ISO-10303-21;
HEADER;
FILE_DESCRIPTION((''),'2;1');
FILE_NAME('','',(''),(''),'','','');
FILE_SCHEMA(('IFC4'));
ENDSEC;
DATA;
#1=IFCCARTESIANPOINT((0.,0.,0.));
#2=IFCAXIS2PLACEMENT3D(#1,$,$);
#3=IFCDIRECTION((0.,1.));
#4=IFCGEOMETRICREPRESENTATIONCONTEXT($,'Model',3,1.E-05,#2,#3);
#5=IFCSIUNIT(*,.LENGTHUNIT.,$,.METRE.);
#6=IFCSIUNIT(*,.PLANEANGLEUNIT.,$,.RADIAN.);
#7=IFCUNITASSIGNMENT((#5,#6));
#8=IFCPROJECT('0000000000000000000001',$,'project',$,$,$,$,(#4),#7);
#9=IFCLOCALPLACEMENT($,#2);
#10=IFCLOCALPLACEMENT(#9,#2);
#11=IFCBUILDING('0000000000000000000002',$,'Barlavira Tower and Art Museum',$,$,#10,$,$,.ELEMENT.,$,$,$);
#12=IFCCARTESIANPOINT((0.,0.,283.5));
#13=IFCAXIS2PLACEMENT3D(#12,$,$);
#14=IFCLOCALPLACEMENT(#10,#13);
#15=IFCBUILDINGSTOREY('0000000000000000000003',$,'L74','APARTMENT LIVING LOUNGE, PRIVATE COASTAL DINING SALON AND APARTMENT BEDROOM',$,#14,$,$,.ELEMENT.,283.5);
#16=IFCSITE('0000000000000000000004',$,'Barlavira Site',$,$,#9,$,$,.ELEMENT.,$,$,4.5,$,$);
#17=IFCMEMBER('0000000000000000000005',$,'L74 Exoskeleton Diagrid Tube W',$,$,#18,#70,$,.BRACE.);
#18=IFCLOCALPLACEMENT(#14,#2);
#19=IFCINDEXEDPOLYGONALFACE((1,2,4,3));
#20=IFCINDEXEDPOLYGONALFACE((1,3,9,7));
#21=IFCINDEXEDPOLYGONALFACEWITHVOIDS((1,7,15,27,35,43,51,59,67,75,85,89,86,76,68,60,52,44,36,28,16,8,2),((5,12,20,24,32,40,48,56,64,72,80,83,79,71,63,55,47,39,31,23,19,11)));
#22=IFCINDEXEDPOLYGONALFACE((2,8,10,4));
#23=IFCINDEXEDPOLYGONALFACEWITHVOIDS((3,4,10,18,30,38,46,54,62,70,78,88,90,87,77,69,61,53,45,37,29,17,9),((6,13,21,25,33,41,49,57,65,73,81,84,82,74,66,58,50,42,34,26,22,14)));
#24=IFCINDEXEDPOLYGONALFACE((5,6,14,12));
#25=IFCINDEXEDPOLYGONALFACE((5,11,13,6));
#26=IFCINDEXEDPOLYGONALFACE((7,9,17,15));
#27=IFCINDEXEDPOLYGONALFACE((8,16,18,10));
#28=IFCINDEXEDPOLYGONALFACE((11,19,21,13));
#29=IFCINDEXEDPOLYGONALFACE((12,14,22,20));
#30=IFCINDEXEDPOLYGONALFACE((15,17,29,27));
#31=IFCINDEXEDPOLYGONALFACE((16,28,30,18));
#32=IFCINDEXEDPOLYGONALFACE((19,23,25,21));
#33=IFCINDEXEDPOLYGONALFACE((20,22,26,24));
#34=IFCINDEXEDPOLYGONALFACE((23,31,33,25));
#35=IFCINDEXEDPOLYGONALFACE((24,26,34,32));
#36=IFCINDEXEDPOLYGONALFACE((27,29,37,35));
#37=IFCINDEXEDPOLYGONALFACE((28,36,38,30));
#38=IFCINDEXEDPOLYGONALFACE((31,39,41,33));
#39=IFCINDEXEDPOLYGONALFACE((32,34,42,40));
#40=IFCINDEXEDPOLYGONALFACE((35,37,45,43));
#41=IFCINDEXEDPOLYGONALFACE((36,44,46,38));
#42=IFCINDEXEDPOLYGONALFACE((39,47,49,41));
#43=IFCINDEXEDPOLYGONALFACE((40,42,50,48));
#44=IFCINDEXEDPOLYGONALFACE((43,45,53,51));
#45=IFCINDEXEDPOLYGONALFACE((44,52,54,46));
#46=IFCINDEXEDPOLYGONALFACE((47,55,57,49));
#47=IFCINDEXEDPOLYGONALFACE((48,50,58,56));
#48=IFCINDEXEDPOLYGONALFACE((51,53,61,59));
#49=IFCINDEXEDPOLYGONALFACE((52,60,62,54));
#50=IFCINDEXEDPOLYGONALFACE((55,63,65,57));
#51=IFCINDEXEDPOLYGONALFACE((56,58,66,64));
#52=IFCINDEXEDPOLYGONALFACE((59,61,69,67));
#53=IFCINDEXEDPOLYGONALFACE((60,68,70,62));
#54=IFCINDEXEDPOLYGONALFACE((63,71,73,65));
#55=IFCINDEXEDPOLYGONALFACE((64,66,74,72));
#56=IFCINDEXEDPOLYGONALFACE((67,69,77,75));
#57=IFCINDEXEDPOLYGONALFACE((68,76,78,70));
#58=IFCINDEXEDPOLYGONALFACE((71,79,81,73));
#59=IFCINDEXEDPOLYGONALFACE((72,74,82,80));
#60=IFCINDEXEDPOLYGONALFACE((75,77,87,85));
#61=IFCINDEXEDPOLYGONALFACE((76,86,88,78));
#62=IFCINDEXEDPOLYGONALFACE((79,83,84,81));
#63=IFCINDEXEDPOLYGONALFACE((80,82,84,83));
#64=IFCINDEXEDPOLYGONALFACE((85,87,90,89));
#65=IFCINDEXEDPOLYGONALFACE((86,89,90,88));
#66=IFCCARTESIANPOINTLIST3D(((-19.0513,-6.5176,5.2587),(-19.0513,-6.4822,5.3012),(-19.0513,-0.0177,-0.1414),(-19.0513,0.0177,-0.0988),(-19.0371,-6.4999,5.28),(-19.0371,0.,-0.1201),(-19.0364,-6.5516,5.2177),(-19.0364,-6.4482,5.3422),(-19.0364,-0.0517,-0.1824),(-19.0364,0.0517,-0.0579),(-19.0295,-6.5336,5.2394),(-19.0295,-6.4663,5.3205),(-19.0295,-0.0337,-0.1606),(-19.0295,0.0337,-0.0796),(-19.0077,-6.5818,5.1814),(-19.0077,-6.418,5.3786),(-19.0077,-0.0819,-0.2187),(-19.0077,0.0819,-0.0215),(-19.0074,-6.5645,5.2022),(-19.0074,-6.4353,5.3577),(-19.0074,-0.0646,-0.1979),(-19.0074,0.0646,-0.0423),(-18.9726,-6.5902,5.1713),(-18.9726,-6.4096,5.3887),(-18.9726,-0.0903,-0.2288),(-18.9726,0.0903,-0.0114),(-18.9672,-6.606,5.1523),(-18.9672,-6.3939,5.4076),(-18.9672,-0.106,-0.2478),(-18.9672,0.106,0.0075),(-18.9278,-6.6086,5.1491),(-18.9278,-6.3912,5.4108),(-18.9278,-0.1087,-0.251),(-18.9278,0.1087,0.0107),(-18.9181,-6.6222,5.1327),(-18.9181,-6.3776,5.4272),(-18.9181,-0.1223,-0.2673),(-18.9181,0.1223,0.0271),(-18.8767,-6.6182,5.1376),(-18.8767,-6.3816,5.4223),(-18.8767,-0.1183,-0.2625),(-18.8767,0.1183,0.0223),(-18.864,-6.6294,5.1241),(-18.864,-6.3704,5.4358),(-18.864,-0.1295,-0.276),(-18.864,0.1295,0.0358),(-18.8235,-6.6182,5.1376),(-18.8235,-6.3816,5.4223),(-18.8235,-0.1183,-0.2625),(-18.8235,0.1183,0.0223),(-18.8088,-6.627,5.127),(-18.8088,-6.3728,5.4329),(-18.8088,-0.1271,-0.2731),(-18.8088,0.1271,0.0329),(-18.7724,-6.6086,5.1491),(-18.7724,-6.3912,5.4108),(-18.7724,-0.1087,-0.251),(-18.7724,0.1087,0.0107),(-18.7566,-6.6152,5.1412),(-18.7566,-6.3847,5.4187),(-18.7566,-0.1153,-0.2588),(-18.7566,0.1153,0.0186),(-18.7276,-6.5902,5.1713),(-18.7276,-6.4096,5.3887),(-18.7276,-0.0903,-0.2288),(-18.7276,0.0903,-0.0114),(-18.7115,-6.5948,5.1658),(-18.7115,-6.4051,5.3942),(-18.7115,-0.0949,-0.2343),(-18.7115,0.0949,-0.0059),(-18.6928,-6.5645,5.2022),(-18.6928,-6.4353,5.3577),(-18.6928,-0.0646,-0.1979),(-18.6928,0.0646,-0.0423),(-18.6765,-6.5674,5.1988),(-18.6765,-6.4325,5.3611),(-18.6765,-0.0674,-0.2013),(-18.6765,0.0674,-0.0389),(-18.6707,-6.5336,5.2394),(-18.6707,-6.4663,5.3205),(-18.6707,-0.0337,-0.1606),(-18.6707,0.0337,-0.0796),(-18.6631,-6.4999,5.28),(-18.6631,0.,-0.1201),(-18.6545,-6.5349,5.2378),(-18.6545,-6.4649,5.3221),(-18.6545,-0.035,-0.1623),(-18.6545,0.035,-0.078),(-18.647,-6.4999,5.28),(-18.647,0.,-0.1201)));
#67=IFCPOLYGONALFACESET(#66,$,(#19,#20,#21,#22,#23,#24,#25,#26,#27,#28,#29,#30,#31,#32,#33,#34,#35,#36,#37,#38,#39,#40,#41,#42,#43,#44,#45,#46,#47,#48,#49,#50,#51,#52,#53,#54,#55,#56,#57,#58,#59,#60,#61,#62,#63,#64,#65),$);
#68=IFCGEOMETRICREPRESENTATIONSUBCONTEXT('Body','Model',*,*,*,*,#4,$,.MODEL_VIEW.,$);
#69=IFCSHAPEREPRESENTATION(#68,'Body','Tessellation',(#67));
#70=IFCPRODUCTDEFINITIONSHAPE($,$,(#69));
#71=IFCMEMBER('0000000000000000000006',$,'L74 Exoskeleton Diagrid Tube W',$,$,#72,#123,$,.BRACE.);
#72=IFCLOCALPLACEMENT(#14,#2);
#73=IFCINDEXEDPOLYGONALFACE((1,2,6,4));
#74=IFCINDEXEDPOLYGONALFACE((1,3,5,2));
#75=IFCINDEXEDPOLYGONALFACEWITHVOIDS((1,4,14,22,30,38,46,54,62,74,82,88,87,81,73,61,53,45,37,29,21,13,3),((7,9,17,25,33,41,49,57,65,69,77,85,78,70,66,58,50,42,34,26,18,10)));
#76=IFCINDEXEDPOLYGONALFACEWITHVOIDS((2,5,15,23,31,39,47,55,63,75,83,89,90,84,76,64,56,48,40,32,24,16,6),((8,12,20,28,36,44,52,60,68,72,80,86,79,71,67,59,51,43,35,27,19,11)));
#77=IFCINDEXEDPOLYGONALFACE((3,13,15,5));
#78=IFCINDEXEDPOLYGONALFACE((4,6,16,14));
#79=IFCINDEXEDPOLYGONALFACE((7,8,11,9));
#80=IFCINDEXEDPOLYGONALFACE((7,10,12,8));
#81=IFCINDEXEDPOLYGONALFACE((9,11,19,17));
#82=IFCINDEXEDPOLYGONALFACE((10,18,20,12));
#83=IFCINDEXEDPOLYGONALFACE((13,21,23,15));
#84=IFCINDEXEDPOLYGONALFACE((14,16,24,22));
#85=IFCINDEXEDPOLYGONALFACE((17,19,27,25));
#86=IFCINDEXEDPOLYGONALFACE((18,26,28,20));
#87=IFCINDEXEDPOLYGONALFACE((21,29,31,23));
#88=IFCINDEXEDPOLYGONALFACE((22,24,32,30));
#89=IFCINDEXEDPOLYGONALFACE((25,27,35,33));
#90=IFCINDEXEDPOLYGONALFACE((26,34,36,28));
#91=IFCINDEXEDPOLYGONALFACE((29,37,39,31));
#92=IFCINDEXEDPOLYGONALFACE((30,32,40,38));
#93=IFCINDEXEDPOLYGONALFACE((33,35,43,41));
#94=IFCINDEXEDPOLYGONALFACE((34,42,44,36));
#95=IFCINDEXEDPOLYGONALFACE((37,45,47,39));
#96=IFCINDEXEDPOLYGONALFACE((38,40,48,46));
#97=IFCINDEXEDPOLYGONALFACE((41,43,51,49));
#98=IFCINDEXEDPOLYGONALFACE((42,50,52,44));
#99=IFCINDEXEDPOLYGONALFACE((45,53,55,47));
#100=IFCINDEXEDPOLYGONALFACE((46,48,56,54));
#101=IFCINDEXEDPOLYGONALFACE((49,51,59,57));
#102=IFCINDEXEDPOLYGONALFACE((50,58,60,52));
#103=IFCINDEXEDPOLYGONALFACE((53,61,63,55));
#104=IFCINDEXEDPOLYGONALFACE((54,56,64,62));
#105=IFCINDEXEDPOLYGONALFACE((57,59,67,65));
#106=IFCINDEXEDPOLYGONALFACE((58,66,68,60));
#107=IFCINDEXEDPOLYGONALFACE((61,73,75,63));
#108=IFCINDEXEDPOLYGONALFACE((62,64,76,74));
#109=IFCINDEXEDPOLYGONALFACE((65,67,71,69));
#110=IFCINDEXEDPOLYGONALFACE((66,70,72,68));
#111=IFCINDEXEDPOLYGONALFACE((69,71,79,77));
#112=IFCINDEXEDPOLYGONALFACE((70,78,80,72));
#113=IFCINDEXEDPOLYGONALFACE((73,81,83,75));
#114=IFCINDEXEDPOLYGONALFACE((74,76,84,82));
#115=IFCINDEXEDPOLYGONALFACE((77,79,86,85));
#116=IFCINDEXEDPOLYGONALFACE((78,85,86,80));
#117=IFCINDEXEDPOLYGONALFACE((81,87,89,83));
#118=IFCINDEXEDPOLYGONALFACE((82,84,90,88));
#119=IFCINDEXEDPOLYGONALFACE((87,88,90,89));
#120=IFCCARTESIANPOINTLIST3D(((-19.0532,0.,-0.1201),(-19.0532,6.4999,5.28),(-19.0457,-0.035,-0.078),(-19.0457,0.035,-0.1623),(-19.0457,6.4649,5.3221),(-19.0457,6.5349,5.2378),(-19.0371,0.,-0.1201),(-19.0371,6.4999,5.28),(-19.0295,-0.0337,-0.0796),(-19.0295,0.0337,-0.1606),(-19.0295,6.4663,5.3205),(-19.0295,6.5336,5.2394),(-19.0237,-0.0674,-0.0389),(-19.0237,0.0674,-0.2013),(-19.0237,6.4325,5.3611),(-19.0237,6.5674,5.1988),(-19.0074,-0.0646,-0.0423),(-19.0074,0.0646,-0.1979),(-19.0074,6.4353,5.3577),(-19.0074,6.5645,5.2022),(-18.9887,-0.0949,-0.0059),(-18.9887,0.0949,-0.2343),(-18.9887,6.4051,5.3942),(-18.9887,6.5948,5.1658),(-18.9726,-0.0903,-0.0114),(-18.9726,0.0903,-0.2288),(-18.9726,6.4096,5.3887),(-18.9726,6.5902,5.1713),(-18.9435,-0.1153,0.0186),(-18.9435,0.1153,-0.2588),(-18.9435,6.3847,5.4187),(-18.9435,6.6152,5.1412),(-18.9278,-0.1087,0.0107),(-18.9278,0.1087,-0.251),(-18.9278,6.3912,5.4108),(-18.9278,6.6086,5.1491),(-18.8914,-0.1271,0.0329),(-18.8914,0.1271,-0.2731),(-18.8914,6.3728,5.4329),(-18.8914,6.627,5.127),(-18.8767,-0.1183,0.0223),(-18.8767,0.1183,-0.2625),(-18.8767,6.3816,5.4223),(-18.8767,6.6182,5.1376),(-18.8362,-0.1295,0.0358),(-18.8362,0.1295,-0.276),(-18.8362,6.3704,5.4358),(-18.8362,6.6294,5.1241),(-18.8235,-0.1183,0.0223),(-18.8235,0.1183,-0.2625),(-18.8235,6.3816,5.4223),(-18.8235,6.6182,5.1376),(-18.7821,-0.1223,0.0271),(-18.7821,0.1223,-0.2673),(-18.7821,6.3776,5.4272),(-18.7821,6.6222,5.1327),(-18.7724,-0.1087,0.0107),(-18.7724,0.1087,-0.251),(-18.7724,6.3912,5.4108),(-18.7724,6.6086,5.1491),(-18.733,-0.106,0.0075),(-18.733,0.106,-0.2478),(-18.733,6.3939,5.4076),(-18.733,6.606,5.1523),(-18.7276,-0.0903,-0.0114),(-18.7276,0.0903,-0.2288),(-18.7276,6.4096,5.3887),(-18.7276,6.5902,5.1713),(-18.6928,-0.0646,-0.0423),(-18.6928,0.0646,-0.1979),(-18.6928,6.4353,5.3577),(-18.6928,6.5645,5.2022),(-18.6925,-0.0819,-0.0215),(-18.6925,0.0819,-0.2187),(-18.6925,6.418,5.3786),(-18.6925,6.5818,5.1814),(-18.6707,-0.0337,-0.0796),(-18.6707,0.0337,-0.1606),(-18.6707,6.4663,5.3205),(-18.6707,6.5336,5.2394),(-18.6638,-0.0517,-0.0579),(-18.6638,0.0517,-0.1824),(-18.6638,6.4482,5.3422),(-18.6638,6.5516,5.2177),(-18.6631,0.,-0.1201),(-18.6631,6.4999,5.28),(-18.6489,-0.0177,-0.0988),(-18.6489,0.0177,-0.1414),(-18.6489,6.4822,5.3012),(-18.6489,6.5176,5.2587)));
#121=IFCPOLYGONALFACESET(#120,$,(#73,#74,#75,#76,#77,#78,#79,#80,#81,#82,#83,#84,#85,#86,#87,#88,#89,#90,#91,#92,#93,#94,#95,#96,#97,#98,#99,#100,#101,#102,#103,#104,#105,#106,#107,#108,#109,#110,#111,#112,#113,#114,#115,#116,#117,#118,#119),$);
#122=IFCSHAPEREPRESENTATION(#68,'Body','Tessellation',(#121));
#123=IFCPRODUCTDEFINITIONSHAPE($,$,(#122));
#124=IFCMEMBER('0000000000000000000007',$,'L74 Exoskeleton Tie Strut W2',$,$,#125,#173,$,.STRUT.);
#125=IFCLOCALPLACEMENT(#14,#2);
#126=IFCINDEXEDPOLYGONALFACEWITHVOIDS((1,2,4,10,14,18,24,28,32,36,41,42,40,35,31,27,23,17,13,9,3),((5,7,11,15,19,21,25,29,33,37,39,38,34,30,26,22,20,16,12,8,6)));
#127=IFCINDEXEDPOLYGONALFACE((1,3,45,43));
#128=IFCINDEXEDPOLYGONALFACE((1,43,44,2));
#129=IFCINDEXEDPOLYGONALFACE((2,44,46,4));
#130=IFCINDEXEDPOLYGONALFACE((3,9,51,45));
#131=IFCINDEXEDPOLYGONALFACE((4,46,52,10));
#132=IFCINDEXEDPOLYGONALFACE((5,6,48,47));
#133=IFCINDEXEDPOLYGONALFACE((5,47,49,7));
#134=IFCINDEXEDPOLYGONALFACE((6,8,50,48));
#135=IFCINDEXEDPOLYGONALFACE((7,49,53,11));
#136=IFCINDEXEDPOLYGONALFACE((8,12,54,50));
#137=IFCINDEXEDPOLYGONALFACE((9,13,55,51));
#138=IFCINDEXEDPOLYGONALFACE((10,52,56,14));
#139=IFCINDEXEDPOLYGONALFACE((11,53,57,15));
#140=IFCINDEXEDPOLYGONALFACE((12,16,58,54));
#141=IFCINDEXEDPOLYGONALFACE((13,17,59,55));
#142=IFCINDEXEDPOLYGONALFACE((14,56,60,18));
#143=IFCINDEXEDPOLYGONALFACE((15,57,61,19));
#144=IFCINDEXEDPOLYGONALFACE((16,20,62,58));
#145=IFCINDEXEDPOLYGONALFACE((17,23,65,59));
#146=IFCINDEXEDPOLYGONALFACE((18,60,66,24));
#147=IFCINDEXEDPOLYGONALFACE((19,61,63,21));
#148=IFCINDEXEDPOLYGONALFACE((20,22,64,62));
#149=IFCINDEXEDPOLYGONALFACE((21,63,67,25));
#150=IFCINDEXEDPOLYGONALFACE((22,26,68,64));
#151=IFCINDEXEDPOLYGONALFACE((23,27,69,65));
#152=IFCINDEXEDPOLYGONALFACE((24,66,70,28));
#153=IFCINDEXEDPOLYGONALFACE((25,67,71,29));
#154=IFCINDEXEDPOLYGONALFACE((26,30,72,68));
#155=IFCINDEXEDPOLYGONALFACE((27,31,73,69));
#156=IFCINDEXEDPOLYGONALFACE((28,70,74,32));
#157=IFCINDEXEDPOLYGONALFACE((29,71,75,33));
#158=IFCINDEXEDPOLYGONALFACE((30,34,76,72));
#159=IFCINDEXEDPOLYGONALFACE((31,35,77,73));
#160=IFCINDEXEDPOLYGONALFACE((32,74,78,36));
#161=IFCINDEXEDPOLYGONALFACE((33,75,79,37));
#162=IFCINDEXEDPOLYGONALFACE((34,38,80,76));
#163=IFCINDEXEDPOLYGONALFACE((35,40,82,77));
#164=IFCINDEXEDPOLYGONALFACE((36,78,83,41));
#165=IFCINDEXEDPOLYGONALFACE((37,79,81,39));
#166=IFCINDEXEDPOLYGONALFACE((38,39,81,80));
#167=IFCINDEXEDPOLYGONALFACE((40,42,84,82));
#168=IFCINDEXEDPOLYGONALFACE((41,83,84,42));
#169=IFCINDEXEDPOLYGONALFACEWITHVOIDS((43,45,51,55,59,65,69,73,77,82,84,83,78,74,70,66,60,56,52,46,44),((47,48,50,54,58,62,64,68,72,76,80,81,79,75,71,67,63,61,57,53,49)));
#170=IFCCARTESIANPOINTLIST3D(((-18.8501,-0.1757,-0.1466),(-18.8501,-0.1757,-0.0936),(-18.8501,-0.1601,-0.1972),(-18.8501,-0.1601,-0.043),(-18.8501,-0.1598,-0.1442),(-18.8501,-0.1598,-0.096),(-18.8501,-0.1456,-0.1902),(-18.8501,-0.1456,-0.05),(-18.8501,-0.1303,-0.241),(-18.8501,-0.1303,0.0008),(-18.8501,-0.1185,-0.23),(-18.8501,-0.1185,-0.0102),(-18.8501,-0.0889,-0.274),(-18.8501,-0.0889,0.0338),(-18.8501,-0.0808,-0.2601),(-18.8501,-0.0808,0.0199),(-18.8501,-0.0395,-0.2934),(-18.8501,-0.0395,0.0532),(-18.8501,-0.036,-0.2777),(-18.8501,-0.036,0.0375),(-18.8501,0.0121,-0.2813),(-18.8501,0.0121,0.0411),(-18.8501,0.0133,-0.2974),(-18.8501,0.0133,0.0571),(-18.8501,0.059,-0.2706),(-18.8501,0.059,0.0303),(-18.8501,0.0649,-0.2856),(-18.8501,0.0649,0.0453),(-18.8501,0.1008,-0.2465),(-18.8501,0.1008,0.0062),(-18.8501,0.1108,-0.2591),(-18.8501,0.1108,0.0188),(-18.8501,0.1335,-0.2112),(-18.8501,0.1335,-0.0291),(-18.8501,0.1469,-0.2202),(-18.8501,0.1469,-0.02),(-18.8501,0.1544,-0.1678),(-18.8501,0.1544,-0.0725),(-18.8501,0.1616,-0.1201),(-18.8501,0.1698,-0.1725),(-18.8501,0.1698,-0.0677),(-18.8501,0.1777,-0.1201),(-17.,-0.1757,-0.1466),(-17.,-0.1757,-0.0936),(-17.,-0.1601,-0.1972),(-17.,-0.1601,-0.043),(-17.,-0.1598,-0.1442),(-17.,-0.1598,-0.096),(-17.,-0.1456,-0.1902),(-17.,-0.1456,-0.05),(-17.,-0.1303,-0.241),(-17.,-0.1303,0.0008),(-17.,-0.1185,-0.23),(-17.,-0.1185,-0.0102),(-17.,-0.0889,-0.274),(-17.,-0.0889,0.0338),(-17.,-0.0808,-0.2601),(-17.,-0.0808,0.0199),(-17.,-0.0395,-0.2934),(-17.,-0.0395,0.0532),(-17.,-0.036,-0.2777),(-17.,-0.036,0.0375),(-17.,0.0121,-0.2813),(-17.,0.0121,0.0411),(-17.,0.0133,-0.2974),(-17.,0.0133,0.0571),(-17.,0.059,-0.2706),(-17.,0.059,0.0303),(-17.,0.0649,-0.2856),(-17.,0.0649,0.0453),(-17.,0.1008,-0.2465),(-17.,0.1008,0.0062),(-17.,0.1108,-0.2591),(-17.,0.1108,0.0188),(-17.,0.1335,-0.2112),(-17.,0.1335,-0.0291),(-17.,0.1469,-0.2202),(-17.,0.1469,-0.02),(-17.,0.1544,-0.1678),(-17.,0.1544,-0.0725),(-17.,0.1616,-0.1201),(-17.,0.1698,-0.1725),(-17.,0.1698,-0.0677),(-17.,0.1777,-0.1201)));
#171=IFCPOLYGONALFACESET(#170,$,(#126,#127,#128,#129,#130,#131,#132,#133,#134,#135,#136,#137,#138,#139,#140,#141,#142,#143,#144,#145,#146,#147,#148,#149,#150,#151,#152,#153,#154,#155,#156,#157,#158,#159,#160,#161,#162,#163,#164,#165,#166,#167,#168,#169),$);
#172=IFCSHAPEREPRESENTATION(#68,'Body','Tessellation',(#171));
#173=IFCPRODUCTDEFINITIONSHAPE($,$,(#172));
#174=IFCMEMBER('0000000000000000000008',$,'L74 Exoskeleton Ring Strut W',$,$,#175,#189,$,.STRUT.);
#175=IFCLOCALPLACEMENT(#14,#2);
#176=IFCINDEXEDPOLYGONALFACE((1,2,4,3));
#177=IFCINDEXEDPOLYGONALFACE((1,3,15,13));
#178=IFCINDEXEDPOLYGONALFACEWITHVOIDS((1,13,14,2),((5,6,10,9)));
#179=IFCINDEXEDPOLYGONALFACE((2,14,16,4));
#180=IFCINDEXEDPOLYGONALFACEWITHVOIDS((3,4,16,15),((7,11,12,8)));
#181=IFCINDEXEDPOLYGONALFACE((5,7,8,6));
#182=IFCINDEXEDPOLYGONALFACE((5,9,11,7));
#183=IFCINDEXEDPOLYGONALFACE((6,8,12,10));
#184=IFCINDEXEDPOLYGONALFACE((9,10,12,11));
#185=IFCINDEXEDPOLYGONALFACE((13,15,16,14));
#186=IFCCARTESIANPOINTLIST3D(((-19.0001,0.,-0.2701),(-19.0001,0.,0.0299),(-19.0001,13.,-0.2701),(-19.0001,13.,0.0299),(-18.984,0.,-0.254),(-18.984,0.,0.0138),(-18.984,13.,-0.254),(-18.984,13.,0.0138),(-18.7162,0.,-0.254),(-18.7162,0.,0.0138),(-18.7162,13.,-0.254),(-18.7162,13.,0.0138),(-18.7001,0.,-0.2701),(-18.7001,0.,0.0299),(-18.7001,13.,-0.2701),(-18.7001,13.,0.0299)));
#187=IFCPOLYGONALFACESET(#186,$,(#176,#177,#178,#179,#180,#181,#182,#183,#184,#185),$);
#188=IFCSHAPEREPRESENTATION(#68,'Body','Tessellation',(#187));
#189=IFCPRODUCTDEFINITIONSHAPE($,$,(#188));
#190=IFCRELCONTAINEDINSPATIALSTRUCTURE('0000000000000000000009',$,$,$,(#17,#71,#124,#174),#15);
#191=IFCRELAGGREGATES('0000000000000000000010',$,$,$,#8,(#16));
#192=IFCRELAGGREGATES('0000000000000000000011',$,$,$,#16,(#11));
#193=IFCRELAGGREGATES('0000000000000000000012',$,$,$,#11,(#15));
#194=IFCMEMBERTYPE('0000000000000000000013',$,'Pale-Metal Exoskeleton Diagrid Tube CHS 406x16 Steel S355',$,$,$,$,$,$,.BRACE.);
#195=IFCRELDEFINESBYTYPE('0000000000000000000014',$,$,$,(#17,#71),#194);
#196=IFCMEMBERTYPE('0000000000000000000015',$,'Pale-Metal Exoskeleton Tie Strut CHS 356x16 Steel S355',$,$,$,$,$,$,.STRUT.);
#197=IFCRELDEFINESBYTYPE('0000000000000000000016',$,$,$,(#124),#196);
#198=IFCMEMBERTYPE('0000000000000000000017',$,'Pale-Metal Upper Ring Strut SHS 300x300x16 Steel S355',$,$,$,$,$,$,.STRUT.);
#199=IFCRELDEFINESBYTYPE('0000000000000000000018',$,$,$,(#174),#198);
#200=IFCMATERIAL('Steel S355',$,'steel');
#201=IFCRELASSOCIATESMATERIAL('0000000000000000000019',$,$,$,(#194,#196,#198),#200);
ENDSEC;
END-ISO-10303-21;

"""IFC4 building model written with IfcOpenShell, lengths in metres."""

from ifc_helpers import new_model, si_unit, direction, frame, origin, origin_2d, place, context, subcontext, project, spatial, hollow_rectangle, hollow_circle, extrude, material, material_profile, profile_set, type_object, element, save


model = new_model("IFC4")

# Units and contexts
model_context = context("Model", 3, precision=1e-05, world=origin(), true_north=direction((0.0, 1.0)))
body_context = subcontext(model_context, "Body", "Model", "MODEL_VIEW")
ifc_project = project(units=[si_unit("LENGTHUNIT", "METRE"), si_unit("PLANEANGLEUNIT", "RADIAN")], contexts=[model_context])

# Site, building, storey
site_placement = place(None, origin())
site = spatial("IfcSite", under=ifc_project, at=site_placement, Name="Barlavira Site", CompositionType="ELEMENT", RefElevation=4.5)
building_placement = place(site_placement, origin())
building = spatial("IfcBuilding", under=site, at=building_placement, Name="Barlavira Tower and Art Museum", CompositionType="ELEMENT")
storey_placement = place(building_placement, frame((0.0, 0.0, 283.5)))
storey = spatial("IfcBuildingStorey", under=building, at=storey_placement, Name="L74", Description="APARTMENT LIVING LOUNGE, PRIVATE COASTAL DINING SALON AND APARTMENT BEDROOM", CompositionType="ELEMENT", Elevation=283.5)

# Members
ifc_material_1 = material(Name="Steel S355", Category="steel")
ifc_material_profile_1 = material_profile(ifc_material_1, hollow_circle(Radius=0.2031, WallThickness=0.0161, at=origin_2d()), Name="CHS 406.4x16.0")
ifc_profile_set_1 = profile_set([ifc_material_profile_1], Name="Steel S355")
member_type_1 = type_object("IfcMemberType", Name="Pale-Metal Exoskeleton Diagrid Tube CHS 406x16 Steel S355", PredefinedType="BRACE", material=ifc_profile_set_1)
for number, where, z_axis, x_axis, name in (
    (1, (-18.8501, 0.0, -0.1201), (0.0, -0.769182, 0.63903), (1.0, 0.0, 0.0), "L74 Exoskeleton Diagrid Tube W"),
    (2, (-18.8501, 0.0, -0.1201), (0.0, 0.769182, 0.63903), (-1.0, 0.0, 0.0), "L74 Exoskeleton Diagrid Tube W"),
):
    element("IfcMember", number, at=place(storey_placement, frame(where, z_axis=z_axis, x_axis=x_axis)), inside=storey, type_object=member_type_1, Name=name, PredefinedType="BRACE", context=body_context, shape_type="SweptSolid", body=[
        extrude(hollow_circle(Radius=0.2031, WallThickness=0.0161, at=origin_2d()), origin(), (0.0, 0.0, 1.0), 8.4504),
    ])
ifc_material_profile_2 = material_profile(ifc_material_1, hollow_circle(Radius=0.1777, WallThickness=0.0161, at=origin_2d()), Name="CHS 355.6x16.0")
ifc_profile_set_2 = profile_set([ifc_material_profile_2], Name="Steel S355")
member_type_2 = type_object("IfcMemberType", Name="Pale-Metal Exoskeleton Tie Strut CHS 356x16 Steel S355", PredefinedType="STRUT", material=ifc_profile_set_2)
member_1_placement = place(storey_placement, frame((-18.8501, 0.0, -0.1201), z_axis=(1.0, 0.0, 0.0), x_axis=(0.0, 1.0, 0.0)))
element("IfcMember", 3, at=member_1_placement, inside=storey, type_object=member_type_2, Name="L74 Exoskeleton Tie Strut W2", PredefinedType="STRUT", context=body_context, shape_type="SweptSolid", body=[
    extrude(hollow_circle(Radius=0.1777, WallThickness=0.0161, at=origin_2d()), origin(), (0.0, 0.0, 1.0), 1.8501),
])
ifc_material_profile_3 = material_profile(ifc_material_1, hollow_rectangle(XDim=0.3, YDim=0.3, WallThickness=0.0161, at=origin_2d()), Name="SHS 300x300x16.0")
ifc_profile_set_3 = profile_set([ifc_material_profile_3], Name="Steel S355")
member_type_3 = type_object("IfcMemberType", Name="Pale-Metal Upper Ring Strut SHS 300x300x16 Steel S355", PredefinedType="STRUT", material=ifc_profile_set_3)
member_2_placement = place(storey_placement, frame((-18.8501, 0.0, -0.1201), z_axis=(0.0, 1.0, 0.0), x_axis=(-1.0, 0.0, 0.0)))
element("IfcMember", 4, at=member_2_placement, inside=storey, type_object=member_type_3, Name="L74 Exoskeleton Ring Strut W", PredefinedType="STRUT", context=body_context, shape_type="SweptSolid", body=[
    extrude(hollow_rectangle(XDim=0.3, YDim=0.3, WallThickness=0.0161, at=origin_2d()), origin(), (0.0, 0.0, 1.0), 13.0),
])

save(model, "model.ifc")
